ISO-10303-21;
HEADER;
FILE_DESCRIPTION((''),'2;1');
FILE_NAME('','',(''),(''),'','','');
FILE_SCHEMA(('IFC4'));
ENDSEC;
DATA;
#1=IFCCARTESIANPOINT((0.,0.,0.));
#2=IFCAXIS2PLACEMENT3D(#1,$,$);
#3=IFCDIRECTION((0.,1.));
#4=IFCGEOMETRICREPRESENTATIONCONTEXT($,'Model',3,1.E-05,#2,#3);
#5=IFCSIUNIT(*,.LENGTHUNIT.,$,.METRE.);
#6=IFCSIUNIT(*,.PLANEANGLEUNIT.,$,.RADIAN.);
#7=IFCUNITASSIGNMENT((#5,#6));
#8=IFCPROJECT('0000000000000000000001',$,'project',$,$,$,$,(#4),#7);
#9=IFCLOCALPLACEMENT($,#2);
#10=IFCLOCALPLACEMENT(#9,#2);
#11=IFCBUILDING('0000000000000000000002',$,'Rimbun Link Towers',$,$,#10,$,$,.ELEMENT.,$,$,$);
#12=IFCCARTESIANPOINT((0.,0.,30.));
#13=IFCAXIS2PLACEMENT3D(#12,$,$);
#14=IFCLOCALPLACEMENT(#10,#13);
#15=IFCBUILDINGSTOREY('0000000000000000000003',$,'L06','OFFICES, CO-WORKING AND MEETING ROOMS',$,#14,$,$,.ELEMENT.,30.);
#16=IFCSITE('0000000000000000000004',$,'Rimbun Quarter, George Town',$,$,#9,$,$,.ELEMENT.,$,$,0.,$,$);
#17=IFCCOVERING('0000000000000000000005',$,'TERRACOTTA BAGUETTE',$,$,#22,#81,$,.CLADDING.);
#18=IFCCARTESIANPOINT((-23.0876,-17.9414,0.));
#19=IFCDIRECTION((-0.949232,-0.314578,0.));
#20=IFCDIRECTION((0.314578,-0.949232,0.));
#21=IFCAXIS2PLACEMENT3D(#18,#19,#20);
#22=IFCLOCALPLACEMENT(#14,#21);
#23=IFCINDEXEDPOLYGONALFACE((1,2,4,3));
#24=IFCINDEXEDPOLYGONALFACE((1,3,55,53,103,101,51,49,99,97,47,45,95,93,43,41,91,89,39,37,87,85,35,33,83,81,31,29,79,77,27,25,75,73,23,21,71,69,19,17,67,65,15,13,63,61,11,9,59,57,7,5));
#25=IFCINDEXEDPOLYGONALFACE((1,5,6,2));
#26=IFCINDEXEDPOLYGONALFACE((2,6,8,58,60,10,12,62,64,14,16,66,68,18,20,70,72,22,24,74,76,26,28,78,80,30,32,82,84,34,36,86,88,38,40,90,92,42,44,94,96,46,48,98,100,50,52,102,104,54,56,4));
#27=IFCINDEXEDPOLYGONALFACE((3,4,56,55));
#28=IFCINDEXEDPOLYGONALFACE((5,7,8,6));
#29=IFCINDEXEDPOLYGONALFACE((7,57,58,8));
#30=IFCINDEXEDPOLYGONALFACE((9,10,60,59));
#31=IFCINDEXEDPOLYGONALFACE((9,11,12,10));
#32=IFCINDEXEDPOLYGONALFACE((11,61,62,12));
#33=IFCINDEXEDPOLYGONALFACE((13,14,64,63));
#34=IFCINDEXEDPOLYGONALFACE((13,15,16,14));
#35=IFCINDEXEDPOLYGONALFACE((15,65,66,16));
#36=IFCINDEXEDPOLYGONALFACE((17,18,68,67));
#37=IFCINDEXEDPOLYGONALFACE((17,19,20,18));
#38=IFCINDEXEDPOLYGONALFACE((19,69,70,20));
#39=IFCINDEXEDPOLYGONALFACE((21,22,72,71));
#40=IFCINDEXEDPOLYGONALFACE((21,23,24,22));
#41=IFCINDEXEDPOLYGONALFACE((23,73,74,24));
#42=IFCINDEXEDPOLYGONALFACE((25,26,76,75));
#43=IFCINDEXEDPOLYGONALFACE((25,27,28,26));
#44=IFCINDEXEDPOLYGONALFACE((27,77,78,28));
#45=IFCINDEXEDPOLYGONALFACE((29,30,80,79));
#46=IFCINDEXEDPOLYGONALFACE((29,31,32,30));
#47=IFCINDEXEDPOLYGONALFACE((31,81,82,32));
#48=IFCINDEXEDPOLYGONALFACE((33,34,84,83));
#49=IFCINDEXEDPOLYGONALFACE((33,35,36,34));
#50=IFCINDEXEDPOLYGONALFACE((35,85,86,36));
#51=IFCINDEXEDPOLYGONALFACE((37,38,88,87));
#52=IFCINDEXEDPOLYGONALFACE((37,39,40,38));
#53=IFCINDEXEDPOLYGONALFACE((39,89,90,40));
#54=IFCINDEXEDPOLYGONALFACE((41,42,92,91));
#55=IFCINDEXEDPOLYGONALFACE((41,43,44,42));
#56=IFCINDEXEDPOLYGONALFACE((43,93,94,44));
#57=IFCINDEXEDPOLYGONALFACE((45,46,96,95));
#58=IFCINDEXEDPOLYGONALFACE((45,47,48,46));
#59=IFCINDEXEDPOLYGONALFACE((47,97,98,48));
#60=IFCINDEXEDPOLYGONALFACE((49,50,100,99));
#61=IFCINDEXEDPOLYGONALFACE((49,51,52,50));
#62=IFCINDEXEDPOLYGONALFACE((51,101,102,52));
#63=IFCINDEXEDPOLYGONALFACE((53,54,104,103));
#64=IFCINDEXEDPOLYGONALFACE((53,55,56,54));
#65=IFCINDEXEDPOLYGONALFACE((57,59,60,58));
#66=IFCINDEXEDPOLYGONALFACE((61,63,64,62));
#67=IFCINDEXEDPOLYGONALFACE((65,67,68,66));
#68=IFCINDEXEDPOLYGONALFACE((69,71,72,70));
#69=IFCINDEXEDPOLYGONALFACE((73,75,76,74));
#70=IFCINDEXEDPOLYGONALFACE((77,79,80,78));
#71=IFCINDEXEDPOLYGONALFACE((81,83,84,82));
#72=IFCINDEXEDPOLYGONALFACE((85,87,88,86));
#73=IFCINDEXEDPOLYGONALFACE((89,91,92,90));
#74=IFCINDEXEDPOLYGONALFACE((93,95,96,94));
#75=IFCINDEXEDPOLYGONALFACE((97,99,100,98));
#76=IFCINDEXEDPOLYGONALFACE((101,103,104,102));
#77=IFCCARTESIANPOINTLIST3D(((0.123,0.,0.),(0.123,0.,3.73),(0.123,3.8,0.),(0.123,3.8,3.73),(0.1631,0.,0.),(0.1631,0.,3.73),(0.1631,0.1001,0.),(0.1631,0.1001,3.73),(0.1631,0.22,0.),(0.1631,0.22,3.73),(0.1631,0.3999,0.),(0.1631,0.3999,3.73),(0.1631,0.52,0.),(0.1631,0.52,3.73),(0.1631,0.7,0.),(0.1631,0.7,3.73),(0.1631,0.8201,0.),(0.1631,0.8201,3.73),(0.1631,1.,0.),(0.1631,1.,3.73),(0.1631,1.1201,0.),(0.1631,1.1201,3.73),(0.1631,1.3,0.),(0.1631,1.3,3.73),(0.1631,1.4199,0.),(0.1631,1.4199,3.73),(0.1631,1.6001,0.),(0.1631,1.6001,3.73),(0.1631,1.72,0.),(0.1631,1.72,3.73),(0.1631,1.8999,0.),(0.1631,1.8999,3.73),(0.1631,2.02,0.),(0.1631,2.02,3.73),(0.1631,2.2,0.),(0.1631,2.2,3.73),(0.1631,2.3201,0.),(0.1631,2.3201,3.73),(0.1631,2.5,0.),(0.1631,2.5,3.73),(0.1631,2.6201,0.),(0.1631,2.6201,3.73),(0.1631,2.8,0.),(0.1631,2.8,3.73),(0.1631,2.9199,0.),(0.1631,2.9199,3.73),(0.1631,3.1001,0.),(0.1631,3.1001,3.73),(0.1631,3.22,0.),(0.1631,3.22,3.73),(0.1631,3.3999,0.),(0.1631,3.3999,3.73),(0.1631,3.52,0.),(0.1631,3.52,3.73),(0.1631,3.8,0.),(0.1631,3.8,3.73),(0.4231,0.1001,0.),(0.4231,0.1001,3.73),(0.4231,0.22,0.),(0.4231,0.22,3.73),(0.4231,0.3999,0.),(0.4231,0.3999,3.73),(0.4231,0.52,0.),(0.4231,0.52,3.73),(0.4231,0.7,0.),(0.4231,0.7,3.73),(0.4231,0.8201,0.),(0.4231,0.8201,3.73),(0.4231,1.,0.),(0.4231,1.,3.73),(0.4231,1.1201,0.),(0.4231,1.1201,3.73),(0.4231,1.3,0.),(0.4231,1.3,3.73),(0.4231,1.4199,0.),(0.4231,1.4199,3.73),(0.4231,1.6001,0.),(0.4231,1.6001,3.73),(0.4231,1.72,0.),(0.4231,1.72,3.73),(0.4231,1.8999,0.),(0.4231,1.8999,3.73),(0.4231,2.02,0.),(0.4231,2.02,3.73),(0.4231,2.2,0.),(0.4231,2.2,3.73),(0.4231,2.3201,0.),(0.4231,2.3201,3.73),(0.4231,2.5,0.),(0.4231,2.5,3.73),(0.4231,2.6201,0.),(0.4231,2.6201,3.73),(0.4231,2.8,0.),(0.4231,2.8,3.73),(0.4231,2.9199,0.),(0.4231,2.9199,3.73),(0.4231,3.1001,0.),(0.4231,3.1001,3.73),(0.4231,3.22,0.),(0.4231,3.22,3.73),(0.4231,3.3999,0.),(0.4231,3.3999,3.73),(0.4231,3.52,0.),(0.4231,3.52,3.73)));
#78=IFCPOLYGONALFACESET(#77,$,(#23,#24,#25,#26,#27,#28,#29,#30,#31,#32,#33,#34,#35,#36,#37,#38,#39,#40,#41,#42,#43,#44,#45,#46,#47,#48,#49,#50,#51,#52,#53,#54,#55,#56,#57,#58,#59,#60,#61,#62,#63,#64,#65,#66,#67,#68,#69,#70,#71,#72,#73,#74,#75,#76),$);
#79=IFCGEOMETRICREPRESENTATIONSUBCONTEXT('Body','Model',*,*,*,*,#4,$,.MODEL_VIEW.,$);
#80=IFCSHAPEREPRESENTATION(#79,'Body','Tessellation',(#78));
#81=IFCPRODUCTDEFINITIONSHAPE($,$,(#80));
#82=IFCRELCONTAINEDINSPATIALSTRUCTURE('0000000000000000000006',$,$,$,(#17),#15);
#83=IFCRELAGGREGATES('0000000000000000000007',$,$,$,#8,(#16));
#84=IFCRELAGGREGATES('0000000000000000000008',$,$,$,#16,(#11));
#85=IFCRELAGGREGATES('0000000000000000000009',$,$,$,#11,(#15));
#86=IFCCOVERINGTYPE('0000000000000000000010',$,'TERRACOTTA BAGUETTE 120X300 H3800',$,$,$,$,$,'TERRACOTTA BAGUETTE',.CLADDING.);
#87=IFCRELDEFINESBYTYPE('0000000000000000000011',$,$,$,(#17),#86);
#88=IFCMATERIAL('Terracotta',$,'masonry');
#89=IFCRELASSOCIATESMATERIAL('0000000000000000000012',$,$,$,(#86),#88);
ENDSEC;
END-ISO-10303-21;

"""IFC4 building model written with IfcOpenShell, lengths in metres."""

from ifc_helpers import new_model, si_unit, direction, frame, origin, place, context, subcontext, project, spatial, polyline, outline, extrude, material, material_profile, profile_set, type_object, element, save


model = new_model("IFC4")

# Units and contexts
model_context = context("Model", 3, precision=1e-05, world=origin(), true_north=direction((0.0, 1.0)))
body_context = subcontext(model_context, "Body", "Model", "MODEL_VIEW")
ifc_project = project(units=[si_unit("LENGTHUNIT", "METRE"), si_unit("PLANEANGLEUNIT", "RADIAN")], contexts=[model_context])

# Site, building, storey
site_placement = place(None, origin())
site = spatial("IfcSite", under=ifc_project, at=site_placement, Name="Rimbun Quarter, George Town", CompositionType="ELEMENT", RefElevation=0.0)
building_placement = place(site_placement, origin())
building = spatial("IfcBuilding", under=site, at=building_placement, Name="Rimbun Link Towers", CompositionType="ELEMENT")
storey_placement = place(building_placement, frame((0.0, 0.0, 30.0)))
storey = spatial("IfcBuildingStorey", under=building, at=storey_placement, Name="L06", Description="OFFICES, CO-WORKING AND MEETING ROOMS", CompositionType="ELEMENT", Elevation=30.0)

# Covering
ifc_material_1 = material(Name="Terracotta", Category="masonry")
ifc_material_profile_1 = material_profile(ifc_material_1, outline(polyline([(0.123, 0.0), (0.1631, 0.0), (0.1631, 0.1001), (0.4231, 0.1001), (0.4231, 0.22), (0.1631, 0.22), (0.1631, 0.3999), (0.4231, 0.3999), (0.4231, 0.52), (0.1631, 0.52), (0.1631, 0.7), (0.4231, 0.7), (0.4231, 0.8201), (0.1631, 0.8201), (0.1631, 1.0), (0.4231, 1.0), (0.4231, 1.1201), (0.1631, 1.1201), (0.1631, 1.3), (0.4231, 1.3), (0.4231, 1.4199), (0.1631, 1.4199), (0.1631, 1.6001), (0.4231, 1.6001), (0.4231, 1.72), (0.1631, 1.72), (0.1631, 1.8999), (0.4231, 1.8999), (0.4231, 2.02), (0.1631, 2.02), (0.1631, 2.2), (0.4231, 2.2), (0.4231, 2.3201), (0.1631, 2.3201), (0.1631, 2.5), (0.4231, 2.5), (0.4231, 2.6201), (0.1631, 2.6201), (0.1631, 2.8), (0.4231, 2.8), (0.4231, 2.9199), (0.1631, 2.9199), (0.1631, 3.1001), (0.4231, 3.1001), (0.4231, 3.22), (0.1631, 3.22), (0.1631, 3.3999), (0.4231, 3.3999), (0.4231, 3.52), (0.1631, 3.52), (0.1631, 3.8), (0.123, 3.8), (0.123, 0.0)])), Name="BAGUETTE 120X300")
ifc_profile_set_1 = profile_set([ifc_material_profile_1], Name="Terracotta")
covering_type = type_object("IfcCoveringType", Name="TERRACOTTA BAGUETTE 120X300 H3800", ElementType="TERRACOTTA BAGUETTE", PredefinedType="CLADDING", material=ifc_profile_set_1)
covering_1_placement = place(storey_placement, frame((-23.0876, -17.9414, 0.0), z_axis=(-0.949232, -0.314578, 0.0), x_axis=(0.314578, -0.949232, 0.0)))
element("IfcCovering", 1, at=covering_1_placement, inside=storey, type_object=covering_type, Name="TERRACOTTA BAGUETTE", PredefinedType="CLADDING", context=body_context, shape_type="SweptSolid", body=[
    extrude(outline(polyline([(0.123, 0.0), (0.1631, 0.0), (0.1631, 0.1001), (0.4231, 0.1001), (0.4231, 0.22), (0.1631, 0.22), (0.1631, 0.3999), (0.4231, 0.3999), (0.4231, 0.52), (0.1631, 0.52), (0.1631, 0.7), (0.4231, 0.7), (0.4231, 0.8201), (0.1631, 0.8201), (0.1631, 1.0), (0.4231, 1.0), (0.4231, 1.1201), (0.1631, 1.1201), (0.1631, 1.3), (0.4231, 1.3), (0.4231, 1.4199), (0.1631, 1.4199), (0.1631, 1.6001), (0.4231, 1.6001), (0.4231, 1.72), (0.1631, 1.72), (0.1631, 1.8999), (0.4231, 1.8999), (0.4231, 2.02), (0.1631, 2.02), (0.1631, 2.2), (0.4231, 2.2), (0.4231, 2.3201), (0.1631, 2.3201), (0.1631, 2.5), (0.4231, 2.5), (0.4231, 2.6201), (0.1631, 2.6201), (0.1631, 2.8), (0.4231, 2.8), (0.4231, 2.9199), (0.1631, 2.9199), (0.1631, 3.1001), (0.4231, 3.1001), (0.4231, 3.22), (0.1631, 3.22), (0.1631, 3.3999), (0.4231, 3.3999), (0.4231, 3.52), (0.1631, 3.52), (0.1631, 3.8), (0.123, 3.8), (0.123, 0.0)])), origin(), (0.0, 0.0, 1.0), 3.73),
])

save(model, "model.ifc")
